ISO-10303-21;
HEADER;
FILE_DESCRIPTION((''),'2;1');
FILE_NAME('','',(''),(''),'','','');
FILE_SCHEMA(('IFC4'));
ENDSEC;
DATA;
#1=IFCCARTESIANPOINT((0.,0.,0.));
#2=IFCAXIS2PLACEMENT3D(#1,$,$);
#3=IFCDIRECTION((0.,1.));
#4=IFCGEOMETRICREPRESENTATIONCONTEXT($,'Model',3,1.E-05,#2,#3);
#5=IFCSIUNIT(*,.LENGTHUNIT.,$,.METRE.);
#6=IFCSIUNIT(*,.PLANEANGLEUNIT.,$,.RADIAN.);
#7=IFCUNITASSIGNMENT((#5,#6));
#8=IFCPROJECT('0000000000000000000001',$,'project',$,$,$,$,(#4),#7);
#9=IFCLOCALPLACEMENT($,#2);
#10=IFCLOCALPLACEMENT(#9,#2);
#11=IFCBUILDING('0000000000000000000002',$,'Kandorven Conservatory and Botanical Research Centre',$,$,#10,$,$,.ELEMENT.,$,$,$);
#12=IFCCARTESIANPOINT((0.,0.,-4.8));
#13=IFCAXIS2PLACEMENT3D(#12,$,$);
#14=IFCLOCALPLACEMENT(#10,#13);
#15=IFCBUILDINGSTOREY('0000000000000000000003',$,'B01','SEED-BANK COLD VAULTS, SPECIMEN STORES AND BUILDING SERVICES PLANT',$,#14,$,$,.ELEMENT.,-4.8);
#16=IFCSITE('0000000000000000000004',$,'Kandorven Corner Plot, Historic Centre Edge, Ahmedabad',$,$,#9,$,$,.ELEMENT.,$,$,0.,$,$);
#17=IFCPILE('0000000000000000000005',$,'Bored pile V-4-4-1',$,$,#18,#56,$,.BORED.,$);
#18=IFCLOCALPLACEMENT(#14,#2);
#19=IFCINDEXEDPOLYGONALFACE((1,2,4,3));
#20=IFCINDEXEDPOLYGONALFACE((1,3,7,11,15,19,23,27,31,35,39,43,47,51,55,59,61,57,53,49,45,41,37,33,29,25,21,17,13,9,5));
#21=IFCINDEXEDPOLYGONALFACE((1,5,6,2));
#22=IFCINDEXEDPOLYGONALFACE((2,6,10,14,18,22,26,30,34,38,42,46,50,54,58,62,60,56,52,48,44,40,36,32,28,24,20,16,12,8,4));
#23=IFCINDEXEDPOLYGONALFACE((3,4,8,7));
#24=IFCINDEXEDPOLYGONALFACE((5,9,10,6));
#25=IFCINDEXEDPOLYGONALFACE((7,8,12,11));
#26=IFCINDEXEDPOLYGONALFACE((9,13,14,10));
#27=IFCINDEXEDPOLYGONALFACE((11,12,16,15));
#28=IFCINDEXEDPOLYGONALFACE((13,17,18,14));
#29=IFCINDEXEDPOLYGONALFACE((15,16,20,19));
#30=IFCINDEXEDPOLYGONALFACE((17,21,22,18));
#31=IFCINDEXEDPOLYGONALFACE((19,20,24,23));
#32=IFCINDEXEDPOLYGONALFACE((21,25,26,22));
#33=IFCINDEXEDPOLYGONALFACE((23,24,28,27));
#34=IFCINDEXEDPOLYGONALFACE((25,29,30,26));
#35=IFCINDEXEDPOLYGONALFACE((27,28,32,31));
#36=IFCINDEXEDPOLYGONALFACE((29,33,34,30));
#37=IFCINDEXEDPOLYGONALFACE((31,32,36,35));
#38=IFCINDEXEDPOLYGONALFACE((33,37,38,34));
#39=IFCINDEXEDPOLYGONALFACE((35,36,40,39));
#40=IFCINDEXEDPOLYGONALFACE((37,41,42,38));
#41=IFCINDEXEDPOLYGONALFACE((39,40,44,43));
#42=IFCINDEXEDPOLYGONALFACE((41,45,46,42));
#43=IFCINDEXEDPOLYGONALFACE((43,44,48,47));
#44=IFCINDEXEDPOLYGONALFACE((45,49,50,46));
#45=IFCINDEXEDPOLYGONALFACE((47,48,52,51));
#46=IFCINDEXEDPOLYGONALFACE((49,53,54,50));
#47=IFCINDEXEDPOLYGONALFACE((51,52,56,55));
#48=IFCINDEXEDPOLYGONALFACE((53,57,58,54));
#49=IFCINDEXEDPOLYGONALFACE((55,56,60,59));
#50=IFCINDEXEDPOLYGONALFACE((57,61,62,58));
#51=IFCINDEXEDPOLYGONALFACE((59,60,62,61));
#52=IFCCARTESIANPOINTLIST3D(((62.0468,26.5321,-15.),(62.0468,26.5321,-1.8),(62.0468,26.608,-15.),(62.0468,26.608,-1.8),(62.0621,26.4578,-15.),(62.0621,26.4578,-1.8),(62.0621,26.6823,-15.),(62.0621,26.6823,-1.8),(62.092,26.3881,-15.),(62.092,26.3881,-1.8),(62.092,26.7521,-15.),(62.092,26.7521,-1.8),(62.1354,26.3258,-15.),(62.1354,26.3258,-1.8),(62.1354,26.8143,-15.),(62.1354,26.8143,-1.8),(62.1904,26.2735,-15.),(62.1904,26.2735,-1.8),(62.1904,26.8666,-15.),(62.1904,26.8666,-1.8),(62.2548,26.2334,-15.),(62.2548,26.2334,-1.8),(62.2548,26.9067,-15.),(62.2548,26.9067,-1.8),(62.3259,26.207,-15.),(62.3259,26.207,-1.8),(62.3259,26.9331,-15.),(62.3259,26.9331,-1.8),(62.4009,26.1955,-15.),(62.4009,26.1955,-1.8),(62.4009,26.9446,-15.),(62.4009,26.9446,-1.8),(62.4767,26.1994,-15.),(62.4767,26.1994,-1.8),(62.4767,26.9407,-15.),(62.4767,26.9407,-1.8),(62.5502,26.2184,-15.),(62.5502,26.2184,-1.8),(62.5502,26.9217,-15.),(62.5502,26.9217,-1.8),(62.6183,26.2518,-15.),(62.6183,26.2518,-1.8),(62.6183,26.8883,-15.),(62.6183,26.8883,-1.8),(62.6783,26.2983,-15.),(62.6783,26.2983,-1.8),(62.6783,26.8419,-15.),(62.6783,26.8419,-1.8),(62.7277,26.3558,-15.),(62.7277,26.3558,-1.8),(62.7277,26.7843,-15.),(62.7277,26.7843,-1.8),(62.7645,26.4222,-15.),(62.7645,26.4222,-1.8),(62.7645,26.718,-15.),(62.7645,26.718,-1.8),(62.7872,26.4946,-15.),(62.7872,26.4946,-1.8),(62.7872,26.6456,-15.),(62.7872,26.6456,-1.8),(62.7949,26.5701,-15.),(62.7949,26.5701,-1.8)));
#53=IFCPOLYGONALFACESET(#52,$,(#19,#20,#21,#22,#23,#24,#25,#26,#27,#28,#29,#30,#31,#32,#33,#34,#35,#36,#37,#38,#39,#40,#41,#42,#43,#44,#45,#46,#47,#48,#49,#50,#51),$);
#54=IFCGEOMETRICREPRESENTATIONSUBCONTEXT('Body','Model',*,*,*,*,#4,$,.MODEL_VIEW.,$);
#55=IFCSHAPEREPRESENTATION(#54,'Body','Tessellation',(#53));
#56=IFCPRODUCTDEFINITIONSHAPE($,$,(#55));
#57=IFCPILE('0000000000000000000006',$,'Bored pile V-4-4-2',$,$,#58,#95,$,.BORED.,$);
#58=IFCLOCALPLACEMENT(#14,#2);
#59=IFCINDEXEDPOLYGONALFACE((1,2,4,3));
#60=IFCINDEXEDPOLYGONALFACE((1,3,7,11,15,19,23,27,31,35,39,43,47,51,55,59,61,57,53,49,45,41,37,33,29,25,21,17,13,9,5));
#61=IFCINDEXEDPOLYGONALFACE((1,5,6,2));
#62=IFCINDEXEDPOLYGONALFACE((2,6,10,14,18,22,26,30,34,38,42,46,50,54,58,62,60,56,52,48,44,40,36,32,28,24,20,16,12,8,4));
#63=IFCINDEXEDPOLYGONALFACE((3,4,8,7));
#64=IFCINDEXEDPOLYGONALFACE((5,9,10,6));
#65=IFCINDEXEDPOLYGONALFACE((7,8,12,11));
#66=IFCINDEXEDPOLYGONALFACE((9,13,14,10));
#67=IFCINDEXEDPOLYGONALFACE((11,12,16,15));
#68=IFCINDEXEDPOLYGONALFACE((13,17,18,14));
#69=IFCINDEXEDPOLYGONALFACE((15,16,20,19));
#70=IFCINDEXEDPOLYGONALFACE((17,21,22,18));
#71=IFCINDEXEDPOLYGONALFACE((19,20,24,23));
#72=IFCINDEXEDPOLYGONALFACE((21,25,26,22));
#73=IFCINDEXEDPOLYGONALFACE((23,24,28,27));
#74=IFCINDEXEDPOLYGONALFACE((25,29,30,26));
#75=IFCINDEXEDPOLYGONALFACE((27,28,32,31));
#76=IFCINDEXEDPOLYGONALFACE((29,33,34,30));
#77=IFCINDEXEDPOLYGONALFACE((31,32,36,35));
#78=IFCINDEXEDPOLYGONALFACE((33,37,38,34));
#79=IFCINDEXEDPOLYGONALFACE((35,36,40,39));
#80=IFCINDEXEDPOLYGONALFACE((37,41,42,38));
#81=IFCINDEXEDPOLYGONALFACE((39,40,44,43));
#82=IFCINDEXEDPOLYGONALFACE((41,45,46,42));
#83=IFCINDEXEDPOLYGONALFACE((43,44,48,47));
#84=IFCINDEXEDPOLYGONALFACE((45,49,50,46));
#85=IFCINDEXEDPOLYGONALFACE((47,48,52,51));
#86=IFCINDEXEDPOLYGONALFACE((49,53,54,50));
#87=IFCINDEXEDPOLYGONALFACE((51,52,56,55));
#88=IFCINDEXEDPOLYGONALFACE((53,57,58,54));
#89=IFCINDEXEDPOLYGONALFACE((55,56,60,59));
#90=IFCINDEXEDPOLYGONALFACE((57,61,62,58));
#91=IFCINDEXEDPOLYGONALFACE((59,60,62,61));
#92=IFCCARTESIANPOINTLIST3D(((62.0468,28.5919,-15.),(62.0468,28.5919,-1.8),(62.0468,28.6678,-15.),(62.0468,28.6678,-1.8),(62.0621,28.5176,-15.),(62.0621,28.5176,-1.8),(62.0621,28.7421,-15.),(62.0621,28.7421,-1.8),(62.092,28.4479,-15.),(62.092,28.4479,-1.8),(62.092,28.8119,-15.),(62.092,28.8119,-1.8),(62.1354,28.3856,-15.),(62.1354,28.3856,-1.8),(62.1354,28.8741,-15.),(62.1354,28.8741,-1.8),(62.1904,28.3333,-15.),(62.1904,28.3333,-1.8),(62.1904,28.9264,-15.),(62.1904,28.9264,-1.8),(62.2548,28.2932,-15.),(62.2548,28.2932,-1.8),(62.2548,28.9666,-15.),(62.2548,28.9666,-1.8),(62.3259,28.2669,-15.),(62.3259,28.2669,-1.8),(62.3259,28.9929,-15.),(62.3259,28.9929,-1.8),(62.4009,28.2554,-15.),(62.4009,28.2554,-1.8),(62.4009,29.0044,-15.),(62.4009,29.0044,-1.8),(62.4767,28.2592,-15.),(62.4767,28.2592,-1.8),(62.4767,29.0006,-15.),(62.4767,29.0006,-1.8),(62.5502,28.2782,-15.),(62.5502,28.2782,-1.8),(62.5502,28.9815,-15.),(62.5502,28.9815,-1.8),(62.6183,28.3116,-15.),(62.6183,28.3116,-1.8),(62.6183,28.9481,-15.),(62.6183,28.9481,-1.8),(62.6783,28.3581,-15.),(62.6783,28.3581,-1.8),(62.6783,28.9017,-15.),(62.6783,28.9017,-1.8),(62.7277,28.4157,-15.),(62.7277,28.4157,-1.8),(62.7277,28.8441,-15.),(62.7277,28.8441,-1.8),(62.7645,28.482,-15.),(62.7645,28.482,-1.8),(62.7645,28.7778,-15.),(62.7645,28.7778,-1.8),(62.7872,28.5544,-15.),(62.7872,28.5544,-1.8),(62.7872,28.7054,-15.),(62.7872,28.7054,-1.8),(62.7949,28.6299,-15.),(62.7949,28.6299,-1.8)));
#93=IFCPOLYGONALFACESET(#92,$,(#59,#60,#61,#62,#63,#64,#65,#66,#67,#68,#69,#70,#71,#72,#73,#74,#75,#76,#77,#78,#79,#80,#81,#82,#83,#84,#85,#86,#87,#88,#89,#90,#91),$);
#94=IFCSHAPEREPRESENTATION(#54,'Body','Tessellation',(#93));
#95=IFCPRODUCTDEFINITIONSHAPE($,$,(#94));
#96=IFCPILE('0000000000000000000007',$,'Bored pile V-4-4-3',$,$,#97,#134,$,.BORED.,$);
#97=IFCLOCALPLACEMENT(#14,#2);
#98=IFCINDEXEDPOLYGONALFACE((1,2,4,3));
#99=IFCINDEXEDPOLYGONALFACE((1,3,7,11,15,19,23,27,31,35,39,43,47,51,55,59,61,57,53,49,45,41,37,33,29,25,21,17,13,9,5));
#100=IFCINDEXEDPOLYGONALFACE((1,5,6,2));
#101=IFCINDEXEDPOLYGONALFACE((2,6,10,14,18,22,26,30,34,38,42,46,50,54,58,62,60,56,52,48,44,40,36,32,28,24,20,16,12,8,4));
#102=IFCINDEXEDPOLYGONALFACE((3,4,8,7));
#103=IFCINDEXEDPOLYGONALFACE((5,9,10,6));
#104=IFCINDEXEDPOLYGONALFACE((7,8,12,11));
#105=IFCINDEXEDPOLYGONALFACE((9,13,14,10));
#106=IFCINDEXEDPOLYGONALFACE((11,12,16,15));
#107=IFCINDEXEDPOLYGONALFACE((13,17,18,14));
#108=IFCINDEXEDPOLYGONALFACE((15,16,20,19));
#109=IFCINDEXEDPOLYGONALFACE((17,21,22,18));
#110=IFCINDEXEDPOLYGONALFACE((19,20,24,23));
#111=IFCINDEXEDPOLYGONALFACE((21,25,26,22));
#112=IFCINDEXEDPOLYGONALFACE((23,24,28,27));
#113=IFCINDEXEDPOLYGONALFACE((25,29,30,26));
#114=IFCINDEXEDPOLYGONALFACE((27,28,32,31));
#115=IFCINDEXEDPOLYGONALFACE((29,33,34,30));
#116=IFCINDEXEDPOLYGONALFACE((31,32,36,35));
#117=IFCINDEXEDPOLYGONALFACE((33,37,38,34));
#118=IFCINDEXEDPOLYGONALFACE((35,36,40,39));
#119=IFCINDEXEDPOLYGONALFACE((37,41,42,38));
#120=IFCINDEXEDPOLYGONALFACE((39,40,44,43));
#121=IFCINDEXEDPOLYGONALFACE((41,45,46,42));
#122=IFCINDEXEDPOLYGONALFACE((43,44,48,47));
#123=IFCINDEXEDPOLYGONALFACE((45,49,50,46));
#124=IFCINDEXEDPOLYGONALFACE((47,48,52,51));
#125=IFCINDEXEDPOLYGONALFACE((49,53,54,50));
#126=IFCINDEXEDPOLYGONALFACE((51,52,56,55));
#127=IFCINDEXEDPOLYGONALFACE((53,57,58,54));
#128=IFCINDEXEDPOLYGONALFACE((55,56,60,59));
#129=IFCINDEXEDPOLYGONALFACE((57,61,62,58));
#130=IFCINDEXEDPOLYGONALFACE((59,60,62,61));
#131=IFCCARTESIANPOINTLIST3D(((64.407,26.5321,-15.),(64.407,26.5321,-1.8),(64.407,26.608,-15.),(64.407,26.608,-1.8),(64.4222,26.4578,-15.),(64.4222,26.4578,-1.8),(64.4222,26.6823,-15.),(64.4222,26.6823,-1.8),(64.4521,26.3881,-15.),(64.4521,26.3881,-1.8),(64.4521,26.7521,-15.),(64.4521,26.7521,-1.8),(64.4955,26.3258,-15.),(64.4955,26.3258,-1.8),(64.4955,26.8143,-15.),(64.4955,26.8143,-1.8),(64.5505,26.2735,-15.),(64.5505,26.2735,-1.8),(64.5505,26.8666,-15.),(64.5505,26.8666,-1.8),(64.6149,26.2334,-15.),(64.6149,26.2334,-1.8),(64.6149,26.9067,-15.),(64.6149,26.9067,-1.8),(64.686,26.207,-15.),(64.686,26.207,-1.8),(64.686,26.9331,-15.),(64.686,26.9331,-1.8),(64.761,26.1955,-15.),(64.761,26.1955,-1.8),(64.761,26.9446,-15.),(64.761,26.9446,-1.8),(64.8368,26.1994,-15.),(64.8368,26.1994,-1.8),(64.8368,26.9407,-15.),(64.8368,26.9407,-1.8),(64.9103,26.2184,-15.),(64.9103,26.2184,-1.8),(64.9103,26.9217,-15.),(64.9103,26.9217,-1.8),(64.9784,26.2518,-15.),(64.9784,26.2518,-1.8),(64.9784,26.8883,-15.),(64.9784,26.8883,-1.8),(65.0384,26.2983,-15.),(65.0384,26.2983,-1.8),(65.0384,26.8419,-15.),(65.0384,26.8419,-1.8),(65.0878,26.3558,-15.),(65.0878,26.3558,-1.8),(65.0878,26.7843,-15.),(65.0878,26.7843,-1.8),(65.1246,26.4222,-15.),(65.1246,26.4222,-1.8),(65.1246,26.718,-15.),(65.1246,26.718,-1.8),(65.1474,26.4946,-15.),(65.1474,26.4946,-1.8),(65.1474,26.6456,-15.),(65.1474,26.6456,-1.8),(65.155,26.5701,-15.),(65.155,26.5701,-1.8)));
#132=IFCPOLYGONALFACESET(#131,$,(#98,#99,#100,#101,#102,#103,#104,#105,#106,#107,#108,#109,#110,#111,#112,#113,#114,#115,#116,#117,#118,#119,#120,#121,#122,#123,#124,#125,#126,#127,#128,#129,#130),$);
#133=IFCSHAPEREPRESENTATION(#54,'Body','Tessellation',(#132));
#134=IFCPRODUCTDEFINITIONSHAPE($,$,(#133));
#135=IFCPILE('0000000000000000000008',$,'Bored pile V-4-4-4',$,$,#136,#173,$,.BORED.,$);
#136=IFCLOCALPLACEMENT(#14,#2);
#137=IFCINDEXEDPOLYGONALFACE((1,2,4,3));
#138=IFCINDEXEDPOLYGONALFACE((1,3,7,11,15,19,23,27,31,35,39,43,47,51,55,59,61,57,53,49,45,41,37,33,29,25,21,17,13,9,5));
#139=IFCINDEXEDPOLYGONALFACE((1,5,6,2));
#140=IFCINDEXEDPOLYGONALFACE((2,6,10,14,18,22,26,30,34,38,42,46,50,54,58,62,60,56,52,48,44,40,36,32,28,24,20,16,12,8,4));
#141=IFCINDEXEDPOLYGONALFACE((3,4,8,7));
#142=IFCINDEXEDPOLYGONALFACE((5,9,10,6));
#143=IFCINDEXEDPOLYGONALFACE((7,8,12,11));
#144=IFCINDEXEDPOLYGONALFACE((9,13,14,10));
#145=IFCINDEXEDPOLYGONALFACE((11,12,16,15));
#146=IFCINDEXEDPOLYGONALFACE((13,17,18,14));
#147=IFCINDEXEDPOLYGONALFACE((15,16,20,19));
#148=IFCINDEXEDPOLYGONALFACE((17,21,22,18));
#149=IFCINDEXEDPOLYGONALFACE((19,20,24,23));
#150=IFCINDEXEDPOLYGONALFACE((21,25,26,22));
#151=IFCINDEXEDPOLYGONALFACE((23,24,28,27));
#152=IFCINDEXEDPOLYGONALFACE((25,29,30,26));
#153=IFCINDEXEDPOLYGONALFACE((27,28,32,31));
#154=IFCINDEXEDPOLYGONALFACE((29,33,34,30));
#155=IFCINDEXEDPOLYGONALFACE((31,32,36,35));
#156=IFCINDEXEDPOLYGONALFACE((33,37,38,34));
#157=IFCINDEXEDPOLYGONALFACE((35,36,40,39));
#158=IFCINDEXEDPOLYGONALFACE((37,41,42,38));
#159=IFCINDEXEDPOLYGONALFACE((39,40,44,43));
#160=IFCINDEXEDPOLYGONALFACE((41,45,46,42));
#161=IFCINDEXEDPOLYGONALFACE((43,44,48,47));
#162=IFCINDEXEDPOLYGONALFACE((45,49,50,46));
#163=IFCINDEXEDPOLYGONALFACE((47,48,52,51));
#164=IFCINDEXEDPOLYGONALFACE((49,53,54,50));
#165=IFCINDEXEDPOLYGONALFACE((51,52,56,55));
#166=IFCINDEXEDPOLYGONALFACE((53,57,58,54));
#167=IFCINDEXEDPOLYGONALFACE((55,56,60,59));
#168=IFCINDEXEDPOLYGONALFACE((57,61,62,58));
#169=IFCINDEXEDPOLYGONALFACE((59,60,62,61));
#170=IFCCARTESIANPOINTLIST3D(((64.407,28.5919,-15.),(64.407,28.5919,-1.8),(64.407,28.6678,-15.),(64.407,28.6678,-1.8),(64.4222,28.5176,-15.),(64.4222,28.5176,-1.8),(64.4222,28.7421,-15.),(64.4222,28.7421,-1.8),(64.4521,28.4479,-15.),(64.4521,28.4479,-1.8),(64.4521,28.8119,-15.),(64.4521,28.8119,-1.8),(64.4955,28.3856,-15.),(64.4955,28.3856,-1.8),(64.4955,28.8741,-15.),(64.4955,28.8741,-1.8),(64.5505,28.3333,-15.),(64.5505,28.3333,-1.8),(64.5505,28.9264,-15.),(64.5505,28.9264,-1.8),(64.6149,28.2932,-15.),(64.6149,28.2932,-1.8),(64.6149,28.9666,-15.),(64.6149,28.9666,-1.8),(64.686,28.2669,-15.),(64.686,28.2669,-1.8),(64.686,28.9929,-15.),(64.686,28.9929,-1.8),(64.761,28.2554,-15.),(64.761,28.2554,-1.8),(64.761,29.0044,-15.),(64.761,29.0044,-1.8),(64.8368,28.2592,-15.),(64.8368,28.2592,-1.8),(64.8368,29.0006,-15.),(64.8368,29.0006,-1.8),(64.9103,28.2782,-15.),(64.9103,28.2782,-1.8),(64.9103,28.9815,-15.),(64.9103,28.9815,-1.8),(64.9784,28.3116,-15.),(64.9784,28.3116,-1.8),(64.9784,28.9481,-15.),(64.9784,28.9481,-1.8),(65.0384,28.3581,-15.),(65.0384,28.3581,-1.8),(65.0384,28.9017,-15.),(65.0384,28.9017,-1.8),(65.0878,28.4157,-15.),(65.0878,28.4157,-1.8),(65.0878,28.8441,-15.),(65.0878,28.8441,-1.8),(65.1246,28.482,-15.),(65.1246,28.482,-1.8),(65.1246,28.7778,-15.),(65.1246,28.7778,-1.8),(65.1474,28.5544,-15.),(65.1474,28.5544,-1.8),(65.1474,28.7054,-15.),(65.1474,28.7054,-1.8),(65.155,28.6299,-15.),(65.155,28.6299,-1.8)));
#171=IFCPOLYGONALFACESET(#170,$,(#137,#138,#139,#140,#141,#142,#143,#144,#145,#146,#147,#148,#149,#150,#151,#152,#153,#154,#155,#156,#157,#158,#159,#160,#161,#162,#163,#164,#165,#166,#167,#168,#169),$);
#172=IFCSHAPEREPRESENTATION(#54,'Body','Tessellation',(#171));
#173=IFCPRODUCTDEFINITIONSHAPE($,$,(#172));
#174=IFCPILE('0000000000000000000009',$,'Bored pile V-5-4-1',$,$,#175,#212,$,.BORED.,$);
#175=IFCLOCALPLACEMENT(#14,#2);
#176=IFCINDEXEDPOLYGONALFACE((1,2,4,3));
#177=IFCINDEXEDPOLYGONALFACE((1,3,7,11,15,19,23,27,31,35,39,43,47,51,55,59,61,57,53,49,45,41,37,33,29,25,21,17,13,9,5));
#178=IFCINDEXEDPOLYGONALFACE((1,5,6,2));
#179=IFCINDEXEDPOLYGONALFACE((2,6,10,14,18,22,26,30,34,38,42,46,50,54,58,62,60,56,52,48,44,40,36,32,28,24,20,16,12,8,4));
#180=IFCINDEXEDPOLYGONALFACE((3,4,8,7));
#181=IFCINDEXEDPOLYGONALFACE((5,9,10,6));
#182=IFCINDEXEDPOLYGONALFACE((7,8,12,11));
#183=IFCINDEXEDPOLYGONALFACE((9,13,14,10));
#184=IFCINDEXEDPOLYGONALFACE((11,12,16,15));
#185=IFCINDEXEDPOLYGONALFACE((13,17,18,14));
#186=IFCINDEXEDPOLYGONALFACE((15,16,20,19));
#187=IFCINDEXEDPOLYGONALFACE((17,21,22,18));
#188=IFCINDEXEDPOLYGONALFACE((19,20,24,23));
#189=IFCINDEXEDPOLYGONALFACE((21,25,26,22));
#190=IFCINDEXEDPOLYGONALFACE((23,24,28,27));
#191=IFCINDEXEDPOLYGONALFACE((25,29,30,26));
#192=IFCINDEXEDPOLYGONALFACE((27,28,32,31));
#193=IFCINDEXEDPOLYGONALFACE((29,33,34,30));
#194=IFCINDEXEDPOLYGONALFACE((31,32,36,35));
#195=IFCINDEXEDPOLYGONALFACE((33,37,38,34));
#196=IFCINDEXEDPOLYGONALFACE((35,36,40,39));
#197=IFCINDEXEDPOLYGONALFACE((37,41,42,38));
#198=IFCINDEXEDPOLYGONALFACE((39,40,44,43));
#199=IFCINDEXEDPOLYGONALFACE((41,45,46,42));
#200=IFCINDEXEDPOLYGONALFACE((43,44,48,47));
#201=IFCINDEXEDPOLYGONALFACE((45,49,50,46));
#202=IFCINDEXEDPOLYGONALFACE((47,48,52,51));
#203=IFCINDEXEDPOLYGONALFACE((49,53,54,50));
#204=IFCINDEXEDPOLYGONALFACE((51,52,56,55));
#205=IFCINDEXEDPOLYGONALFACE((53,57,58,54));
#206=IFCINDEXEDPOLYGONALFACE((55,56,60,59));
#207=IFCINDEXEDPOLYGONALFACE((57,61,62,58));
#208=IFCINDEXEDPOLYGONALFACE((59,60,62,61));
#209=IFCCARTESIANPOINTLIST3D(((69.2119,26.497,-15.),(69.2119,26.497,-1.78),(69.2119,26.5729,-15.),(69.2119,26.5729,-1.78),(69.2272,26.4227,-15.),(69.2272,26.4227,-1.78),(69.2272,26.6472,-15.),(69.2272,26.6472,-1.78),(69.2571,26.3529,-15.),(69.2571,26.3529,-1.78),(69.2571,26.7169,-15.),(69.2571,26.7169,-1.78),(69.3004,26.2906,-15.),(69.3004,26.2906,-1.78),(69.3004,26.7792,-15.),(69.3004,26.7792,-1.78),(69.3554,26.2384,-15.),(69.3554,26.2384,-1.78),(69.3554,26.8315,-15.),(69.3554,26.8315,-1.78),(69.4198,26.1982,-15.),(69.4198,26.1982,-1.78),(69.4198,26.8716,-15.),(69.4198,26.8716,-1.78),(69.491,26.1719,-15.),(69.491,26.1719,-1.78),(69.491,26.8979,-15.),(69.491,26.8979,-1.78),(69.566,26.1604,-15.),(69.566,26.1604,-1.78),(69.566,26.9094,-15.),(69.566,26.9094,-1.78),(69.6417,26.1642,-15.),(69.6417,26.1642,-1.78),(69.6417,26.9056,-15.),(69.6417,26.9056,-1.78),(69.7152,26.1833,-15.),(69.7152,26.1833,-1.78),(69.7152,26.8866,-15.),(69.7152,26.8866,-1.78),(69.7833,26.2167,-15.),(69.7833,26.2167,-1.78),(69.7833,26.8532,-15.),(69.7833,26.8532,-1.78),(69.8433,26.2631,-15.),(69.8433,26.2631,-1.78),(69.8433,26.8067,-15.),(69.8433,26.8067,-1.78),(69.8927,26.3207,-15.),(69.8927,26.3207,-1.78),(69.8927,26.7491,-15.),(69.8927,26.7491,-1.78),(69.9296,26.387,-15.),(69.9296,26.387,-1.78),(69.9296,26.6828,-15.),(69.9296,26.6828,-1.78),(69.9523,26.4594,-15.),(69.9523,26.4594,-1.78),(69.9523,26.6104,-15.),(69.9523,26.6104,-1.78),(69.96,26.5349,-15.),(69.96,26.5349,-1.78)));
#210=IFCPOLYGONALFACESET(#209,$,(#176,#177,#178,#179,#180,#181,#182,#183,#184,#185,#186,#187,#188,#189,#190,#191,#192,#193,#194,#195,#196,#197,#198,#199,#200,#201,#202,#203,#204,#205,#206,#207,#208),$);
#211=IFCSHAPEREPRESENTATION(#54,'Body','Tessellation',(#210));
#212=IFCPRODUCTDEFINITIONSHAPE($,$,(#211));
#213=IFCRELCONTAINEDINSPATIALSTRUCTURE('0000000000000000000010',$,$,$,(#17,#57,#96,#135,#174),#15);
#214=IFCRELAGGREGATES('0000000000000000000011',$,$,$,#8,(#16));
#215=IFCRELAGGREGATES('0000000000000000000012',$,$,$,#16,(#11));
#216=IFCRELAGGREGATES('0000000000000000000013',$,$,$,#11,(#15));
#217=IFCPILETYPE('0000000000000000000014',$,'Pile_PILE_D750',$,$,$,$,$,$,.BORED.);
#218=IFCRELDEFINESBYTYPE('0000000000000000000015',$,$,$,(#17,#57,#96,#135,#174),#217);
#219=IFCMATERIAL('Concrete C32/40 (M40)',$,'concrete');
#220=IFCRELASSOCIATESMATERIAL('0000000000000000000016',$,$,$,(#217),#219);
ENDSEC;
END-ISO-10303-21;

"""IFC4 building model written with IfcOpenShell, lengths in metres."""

from ifc_helpers import new_model, si_unit, direction, frame, origin, origin_2d, place, context, subcontext, project, spatial, circle, extrude, material, material_profile, profile_set, type_object, element, save


model = new_model("IFC4")

# Units and contexts
model_context = context("Model", 3, precision=1e-05, world=origin(), true_north=direction((0.0, 1.0)))
body_context = subcontext(model_context, "Body", "Model", "MODEL_VIEW")
ifc_project = project(units=[si_unit("LENGTHUNIT", "METRE"), si_unit("PLANEANGLEUNIT", "RADIAN")], contexts=[model_context])

# Site, building, storey
site_placement = place(None, origin())
site = spatial("IfcSite", under=ifc_project, at=site_placement, Name="Kandorven Corner Plot, Historic Centre Edge, Ahmedabad", CompositionType="ELEMENT", RefElevation=0.0)
building_placement = place(site_placement, origin())
building = spatial("IfcBuilding", under=site, at=building_placement, Name="Kandorven Conservatory and Botanical Research Centre", CompositionType="ELEMENT")
storey_placement = place(building_placement, frame((0.0, 0.0, -4.8)))
storey = spatial("IfcBuildingStorey", under=building, at=storey_placement, Name="B01", Description="SEED-BANK COLD VAULTS, SPECIMEN STORES AND BUILDING SERVICES PLANT", CompositionType="ELEMENT", Elevation=-4.8)

# Piles
ifc_material_1 = material(Name="Concrete C32/40 (M40)", Category="concrete")
ifc_material_profile_1 = material_profile(ifc_material_1, circle(Radius=0.375, at=origin_2d()))
ifc_profile_set_1 = profile_set([ifc_material_profile_1], Name="Concrete C32/40 (M40)")
pile_type = type_object("IfcPileType", Name="Pile_PILE_D750", PredefinedType="BORED", material=ifc_profile_set_1)
for number, where, z_axis, x_axis, name in (
    (1, (62.4199, 26.5701, -1.8), (0.0, 0.0, -1.0), (1.0, 0.0, 0.0), "Bored pile V-4-4-1"),
    (2, (62.4199, 28.6299, -1.8), (0.0, 0.0, -1.0), (1.0, 0.0, 0.0), "Bored pile V-4-4-2"),
    (3, (64.78, 26.5701, -1.8), (0.0, 0.0, -1.0), (1.0, 0.0, 0.0), "Bored pile V-4-4-3"),
    (4, (64.78, 28.6299, -1.8), (0.0, 0.0, -1.0), (1.0, 0.0, 0.0), "Bored pile V-4-4-4"),
):
    element("IfcPile", number, at=place(storey_placement, frame(where, z_axis=z_axis, x_axis=x_axis)), inside=storey, type_object=pile_type, Name=name, PredefinedType="BORED", context=body_context, shape_type="SweptSolid", body=[
        extrude(circle(Radius=0.375, at=origin_2d()), origin(), (0.0, 0.0, 1.0), 13.2),
    ])
for number, where, z_axis, x_axis, name in (
    (5, (69.585, 26.5349, -1.78), (0.0, 0.0, -1.0), (1.0, 0.0, 0.0), "Bored pile V-5-4-1"),
):
    element("IfcPile", number, at=place(storey_placement, frame(where, z_axis=z_axis, x_axis=x_axis)), inside=storey, type_object=pile_type, Name=name, PredefinedType="BORED", context=body_context, shape_type="SweptSolid", body=[
        extrude(circle(Radius=0.375, at=origin_2d()), origin(), (0.0, 0.0, 1.0), 13.22),
    ])

save(model, "model.ifc")
